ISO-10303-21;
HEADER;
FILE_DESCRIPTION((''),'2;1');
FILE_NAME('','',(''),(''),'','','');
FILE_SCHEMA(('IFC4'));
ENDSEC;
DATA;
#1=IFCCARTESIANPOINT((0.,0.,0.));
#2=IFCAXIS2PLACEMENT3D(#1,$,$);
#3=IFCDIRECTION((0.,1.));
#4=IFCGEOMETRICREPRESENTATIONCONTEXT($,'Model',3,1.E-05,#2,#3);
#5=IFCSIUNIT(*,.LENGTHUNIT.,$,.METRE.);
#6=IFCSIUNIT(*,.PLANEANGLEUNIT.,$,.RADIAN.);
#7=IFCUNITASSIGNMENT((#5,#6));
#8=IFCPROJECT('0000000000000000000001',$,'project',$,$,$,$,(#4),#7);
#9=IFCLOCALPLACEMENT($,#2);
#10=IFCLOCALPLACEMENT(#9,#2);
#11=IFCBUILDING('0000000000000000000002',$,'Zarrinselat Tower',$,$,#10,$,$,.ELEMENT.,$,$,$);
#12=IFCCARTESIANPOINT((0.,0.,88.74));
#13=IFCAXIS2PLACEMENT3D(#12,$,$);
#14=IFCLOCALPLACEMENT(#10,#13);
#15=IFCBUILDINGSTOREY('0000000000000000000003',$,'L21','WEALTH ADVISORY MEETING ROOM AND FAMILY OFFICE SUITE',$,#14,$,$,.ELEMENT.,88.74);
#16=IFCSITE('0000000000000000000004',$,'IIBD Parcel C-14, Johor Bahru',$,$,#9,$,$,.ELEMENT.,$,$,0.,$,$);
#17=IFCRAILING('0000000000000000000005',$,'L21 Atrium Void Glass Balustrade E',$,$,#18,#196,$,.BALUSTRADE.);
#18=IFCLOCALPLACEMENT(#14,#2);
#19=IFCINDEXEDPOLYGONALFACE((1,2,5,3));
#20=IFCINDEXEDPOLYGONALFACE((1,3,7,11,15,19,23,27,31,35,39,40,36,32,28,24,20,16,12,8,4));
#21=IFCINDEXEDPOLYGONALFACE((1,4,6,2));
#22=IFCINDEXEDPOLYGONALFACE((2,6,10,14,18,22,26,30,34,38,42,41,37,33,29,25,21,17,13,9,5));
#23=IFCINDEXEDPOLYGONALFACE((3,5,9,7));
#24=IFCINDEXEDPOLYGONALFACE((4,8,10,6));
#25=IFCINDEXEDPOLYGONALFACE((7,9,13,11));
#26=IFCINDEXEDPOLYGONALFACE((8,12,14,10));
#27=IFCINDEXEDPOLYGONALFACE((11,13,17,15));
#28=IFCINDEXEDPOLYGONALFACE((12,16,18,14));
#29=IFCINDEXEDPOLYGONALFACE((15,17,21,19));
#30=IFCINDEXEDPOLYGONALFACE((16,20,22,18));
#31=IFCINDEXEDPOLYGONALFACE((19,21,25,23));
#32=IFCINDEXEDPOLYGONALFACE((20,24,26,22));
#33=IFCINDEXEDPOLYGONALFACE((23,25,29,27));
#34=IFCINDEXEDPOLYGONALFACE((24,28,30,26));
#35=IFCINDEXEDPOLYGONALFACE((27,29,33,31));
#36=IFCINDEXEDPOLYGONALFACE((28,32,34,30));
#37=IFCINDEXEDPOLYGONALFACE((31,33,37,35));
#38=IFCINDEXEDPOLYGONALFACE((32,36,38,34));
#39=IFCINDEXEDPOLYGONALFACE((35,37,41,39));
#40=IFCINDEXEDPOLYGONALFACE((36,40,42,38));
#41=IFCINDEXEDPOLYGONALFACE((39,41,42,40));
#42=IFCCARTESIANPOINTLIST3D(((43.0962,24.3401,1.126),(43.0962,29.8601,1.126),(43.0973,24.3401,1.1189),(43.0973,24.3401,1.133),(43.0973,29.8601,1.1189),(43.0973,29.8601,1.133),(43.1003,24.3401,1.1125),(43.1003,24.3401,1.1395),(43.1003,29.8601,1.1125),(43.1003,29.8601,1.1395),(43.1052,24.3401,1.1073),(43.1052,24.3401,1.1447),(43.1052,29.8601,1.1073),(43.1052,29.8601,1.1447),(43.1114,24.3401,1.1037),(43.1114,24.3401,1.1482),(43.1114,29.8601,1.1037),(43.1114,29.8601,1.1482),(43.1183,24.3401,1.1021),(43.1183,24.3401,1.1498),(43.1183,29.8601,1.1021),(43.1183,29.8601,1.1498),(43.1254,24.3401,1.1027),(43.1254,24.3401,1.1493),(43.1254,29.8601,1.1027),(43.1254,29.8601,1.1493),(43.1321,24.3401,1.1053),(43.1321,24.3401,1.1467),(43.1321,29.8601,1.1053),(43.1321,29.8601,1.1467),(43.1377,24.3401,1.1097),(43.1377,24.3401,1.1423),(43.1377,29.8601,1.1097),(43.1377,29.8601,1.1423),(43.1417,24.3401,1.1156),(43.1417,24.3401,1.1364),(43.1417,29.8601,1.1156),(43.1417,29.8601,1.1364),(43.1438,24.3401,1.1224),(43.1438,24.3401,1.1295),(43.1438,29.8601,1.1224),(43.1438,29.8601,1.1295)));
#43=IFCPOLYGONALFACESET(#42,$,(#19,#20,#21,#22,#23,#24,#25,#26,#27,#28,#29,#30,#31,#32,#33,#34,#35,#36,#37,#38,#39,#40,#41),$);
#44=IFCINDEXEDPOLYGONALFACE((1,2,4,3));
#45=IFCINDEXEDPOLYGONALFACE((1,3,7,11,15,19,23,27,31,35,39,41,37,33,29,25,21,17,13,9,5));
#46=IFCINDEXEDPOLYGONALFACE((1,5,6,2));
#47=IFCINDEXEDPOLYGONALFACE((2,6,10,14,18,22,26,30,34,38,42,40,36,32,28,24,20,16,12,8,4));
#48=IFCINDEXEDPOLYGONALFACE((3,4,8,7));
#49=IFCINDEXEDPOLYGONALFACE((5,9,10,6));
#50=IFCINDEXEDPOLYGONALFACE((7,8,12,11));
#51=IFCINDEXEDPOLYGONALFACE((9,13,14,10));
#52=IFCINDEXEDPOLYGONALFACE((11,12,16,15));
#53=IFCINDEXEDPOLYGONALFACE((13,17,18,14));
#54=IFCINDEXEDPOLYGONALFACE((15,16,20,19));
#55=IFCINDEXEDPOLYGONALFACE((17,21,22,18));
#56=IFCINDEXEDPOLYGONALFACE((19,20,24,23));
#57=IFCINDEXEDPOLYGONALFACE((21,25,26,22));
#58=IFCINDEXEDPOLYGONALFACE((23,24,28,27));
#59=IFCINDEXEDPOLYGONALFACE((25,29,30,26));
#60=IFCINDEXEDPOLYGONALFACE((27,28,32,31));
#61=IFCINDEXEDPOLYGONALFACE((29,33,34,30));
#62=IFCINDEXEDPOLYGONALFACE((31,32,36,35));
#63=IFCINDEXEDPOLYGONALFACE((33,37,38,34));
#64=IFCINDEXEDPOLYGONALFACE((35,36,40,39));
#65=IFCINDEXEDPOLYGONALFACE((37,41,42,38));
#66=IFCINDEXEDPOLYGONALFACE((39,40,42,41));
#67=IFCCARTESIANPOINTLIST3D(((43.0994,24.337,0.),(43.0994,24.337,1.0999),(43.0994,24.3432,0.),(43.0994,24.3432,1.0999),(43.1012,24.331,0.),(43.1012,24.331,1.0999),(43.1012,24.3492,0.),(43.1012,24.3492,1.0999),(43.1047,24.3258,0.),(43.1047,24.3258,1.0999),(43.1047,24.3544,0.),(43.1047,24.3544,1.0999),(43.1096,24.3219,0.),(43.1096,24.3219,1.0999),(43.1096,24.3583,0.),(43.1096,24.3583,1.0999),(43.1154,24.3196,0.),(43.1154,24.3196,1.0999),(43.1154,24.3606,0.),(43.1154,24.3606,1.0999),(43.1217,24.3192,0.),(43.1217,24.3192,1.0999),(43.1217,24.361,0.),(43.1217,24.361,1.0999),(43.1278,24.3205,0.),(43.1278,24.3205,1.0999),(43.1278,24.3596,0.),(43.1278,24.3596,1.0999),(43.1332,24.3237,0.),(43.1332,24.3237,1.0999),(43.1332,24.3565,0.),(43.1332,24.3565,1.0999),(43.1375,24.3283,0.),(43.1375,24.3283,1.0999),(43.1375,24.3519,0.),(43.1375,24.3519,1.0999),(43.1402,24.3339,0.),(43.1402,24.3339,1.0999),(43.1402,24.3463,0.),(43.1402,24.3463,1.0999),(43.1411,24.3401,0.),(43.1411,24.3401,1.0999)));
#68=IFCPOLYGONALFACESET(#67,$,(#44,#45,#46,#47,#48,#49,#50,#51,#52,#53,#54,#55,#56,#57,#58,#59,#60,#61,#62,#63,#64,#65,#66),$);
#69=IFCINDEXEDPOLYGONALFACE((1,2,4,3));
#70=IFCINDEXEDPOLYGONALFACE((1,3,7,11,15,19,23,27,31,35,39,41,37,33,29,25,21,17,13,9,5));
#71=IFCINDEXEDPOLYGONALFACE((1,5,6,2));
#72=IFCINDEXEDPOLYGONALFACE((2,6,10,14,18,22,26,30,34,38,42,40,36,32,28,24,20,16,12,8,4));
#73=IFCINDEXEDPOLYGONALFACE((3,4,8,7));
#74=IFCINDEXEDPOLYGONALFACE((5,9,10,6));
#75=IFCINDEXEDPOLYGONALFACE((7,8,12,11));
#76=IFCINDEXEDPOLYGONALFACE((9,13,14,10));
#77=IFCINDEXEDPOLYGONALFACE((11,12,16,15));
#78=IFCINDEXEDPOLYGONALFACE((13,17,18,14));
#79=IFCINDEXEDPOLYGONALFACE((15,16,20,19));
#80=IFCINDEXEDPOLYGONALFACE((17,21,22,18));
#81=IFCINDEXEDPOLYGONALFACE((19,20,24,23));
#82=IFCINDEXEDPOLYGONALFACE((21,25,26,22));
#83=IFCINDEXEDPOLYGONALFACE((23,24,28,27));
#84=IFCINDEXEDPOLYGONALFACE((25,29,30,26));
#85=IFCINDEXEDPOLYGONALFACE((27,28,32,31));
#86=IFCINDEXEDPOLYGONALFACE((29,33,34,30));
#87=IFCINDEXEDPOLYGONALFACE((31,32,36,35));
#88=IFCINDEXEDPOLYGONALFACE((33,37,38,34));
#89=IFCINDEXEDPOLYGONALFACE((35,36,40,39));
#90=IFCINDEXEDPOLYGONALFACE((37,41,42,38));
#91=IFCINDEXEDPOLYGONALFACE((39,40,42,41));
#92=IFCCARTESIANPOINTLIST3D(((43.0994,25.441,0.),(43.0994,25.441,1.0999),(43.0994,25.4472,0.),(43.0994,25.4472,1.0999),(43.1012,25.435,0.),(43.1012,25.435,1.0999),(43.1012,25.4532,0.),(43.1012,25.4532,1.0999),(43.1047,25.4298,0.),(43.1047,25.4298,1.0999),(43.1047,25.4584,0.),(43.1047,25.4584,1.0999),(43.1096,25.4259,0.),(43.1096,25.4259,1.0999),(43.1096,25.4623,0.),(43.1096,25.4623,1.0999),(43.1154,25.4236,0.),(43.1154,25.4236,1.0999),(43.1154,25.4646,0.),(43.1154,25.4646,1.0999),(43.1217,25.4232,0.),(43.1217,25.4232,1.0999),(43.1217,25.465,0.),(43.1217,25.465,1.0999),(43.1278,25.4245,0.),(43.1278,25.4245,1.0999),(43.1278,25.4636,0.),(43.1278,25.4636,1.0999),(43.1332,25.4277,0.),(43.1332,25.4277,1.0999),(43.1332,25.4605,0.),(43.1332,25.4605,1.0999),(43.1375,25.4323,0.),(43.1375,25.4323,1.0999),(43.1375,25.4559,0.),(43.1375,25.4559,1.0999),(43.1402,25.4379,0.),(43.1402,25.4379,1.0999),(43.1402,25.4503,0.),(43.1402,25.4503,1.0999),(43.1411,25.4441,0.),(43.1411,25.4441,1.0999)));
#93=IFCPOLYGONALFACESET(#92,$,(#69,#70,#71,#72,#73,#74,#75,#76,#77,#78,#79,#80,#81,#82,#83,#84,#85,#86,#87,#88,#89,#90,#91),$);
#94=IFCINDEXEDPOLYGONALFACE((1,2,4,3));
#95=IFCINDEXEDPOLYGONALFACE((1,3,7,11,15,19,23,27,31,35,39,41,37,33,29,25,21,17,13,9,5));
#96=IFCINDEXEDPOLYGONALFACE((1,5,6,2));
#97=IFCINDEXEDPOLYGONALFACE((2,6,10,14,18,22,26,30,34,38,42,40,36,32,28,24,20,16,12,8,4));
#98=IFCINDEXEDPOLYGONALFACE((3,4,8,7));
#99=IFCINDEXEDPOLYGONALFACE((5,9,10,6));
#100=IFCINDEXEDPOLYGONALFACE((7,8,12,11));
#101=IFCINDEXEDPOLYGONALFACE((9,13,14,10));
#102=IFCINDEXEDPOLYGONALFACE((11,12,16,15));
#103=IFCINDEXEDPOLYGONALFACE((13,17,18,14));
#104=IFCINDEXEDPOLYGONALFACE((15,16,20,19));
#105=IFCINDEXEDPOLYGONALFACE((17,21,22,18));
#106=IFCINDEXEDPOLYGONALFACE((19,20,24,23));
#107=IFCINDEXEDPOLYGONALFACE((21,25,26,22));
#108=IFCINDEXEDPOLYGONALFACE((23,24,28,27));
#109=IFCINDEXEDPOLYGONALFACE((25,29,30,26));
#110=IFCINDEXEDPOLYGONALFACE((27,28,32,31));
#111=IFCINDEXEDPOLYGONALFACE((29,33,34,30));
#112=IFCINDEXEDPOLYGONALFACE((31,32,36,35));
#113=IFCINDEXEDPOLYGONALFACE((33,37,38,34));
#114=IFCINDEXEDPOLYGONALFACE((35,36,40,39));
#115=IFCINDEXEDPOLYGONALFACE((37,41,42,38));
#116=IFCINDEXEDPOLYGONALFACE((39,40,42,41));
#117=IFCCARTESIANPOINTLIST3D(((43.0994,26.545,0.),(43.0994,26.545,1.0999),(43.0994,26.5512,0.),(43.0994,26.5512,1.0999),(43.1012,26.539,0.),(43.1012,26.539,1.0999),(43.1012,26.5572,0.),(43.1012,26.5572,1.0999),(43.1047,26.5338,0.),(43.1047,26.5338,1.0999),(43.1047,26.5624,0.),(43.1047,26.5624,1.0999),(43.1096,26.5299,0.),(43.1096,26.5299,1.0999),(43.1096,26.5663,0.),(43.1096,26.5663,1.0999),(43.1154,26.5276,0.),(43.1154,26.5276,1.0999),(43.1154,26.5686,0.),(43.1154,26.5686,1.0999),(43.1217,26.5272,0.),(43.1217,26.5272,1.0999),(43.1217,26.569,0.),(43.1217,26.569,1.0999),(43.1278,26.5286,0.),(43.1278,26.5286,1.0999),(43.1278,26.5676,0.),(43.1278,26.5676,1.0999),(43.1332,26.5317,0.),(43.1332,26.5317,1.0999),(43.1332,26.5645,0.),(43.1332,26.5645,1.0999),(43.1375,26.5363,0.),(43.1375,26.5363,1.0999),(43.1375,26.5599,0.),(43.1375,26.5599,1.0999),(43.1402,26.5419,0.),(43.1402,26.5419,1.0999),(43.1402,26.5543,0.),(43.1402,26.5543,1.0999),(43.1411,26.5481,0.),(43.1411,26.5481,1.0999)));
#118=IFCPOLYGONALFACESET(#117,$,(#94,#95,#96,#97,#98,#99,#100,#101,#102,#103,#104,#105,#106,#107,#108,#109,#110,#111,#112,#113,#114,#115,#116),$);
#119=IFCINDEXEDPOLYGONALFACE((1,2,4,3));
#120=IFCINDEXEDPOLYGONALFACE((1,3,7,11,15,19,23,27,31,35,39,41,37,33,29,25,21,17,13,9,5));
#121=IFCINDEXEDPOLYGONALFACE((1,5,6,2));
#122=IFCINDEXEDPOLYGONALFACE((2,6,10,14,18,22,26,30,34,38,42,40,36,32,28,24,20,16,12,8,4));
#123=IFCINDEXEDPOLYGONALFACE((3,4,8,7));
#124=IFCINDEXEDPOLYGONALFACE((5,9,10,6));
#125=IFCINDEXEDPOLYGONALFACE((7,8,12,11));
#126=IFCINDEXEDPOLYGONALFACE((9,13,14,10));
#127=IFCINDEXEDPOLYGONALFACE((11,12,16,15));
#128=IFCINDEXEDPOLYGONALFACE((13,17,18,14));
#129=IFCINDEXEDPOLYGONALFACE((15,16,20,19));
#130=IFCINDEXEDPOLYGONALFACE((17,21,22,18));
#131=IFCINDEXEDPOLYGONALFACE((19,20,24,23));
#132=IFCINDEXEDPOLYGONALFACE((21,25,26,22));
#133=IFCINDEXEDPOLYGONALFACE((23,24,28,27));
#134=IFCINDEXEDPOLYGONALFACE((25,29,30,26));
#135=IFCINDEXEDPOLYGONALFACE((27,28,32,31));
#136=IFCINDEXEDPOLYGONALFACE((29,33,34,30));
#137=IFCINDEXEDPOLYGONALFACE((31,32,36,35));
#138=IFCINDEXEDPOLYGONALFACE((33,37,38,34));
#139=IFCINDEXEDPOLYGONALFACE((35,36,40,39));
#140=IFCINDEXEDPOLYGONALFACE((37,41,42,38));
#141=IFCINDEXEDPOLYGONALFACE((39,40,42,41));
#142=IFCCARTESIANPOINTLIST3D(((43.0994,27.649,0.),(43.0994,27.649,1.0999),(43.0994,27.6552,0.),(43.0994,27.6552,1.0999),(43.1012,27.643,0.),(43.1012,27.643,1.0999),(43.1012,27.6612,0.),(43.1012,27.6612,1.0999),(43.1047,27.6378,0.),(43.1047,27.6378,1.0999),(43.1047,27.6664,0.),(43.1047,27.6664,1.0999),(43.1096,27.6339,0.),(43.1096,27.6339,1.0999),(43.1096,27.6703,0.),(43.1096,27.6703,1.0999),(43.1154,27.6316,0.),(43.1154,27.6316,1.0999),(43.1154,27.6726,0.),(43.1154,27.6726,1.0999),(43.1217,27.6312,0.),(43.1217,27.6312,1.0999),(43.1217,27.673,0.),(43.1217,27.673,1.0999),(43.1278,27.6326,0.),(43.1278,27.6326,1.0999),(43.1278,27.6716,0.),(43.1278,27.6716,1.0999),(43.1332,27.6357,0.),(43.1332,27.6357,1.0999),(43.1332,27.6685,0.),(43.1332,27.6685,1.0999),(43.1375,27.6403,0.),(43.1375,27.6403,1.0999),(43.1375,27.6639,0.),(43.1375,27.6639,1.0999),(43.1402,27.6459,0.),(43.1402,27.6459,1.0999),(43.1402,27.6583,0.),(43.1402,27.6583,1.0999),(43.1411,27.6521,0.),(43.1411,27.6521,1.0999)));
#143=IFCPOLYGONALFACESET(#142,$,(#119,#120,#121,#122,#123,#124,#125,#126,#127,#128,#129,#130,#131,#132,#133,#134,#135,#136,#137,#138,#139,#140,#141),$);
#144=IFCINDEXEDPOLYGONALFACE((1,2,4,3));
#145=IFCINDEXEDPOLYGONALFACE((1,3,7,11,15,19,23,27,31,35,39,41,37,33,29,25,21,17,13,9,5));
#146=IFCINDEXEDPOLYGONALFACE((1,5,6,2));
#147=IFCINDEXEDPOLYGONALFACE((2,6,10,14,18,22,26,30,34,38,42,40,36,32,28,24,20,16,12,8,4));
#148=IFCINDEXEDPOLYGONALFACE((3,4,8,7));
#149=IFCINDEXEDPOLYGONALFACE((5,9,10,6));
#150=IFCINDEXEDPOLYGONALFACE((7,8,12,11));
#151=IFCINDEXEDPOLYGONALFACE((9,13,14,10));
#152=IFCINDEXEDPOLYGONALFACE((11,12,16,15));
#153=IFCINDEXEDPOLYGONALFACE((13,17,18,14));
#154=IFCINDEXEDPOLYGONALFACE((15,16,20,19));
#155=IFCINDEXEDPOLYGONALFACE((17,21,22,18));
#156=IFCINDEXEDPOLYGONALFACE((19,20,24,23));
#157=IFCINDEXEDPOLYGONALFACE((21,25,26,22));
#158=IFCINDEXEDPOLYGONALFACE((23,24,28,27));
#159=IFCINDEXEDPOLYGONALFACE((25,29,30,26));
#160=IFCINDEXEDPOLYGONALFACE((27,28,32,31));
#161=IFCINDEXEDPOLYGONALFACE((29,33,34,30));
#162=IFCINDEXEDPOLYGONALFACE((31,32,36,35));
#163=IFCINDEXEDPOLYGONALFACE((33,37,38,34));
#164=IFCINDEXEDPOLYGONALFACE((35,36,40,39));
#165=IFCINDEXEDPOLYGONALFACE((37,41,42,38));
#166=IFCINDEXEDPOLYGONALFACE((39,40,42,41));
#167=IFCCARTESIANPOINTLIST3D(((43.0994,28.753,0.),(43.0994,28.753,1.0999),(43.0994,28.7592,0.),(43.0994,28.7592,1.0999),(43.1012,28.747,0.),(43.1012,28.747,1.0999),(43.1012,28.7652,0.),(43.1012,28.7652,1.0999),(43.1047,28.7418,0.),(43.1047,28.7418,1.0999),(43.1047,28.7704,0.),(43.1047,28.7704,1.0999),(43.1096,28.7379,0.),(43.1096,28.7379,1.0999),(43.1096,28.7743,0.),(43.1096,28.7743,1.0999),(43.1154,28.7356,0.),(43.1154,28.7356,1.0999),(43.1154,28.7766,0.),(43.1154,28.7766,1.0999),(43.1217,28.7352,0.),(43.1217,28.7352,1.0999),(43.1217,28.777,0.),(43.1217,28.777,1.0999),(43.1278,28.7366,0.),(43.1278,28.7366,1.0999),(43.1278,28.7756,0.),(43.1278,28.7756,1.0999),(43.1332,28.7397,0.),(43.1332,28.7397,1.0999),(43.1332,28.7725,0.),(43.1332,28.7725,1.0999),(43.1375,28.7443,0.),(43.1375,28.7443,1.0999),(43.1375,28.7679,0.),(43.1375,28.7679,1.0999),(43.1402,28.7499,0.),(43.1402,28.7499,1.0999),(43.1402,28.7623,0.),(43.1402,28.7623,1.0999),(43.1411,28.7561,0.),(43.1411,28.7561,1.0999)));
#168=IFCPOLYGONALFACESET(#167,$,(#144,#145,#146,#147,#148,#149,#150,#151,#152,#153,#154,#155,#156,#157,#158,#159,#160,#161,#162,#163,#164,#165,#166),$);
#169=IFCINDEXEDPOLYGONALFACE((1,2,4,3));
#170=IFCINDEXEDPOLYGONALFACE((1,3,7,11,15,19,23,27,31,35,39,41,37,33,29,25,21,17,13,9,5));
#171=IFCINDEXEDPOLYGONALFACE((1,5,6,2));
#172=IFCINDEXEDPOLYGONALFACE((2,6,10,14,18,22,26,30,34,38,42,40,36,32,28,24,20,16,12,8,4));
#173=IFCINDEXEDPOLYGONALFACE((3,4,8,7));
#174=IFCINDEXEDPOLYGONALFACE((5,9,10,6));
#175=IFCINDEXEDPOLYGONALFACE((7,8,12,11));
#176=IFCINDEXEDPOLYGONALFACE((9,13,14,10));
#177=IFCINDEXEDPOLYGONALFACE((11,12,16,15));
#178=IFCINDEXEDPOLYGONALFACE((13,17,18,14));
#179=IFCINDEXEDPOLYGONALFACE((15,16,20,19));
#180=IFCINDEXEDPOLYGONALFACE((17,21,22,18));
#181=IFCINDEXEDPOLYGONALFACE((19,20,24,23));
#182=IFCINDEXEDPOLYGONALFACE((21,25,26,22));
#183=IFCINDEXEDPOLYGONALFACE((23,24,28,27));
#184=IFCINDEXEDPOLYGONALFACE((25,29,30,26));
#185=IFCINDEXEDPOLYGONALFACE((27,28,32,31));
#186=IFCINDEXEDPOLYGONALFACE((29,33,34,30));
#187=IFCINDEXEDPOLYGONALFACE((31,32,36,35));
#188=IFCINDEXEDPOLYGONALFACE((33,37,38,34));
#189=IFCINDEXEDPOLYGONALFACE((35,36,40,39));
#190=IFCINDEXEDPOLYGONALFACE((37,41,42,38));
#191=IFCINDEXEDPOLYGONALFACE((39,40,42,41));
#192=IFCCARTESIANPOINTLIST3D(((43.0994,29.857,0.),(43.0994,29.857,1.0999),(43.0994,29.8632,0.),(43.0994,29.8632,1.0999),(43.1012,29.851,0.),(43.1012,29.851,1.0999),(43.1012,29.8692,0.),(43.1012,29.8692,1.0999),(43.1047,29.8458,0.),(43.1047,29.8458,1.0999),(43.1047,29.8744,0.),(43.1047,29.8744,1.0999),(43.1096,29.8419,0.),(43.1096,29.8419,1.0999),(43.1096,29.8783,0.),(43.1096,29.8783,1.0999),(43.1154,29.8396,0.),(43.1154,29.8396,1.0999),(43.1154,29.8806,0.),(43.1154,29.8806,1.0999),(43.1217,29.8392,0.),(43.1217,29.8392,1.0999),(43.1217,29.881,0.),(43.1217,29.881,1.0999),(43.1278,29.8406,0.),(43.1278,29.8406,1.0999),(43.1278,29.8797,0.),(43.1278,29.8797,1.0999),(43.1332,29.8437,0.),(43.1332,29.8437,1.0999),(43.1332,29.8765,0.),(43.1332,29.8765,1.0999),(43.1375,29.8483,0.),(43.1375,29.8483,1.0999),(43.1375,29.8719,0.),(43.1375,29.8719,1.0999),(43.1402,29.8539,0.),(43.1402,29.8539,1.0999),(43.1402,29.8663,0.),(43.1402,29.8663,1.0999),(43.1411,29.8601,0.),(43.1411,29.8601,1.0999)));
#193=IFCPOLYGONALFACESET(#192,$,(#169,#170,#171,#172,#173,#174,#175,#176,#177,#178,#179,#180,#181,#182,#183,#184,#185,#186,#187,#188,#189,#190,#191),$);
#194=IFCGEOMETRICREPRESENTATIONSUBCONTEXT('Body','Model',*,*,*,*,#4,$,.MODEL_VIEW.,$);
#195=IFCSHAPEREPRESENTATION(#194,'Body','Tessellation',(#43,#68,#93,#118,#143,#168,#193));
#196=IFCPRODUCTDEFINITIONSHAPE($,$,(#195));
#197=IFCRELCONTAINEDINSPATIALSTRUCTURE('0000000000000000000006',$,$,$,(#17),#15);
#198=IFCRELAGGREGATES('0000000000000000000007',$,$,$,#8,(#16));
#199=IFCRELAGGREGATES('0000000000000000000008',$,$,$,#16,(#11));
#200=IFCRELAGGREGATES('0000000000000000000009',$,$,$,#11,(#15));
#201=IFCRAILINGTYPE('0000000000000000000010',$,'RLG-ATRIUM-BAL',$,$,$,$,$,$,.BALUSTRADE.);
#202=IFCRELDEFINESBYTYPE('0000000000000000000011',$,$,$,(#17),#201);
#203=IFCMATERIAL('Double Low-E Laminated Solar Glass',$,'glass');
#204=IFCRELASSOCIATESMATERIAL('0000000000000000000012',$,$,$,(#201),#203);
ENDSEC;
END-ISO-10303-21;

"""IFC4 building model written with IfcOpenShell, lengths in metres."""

from ifc_helpers import new_model, si_unit, direction, frame, origin, origin_2d, place, context, subcontext, project, spatial, circle, extrude, material, type_object, element, save


model = new_model("IFC4")

# Units and contexts
model_context = context("Model", 3, precision=1e-05, world=origin(), true_north=direction((0.0, 1.0)))
body_context = subcontext(model_context, "Body", "Model", "MODEL_VIEW")
ifc_project = project(units=[si_unit("LENGTHUNIT", "METRE"), si_unit("PLANEANGLEUNIT", "RADIAN")], contexts=[model_context])

# Site, building, storey
site_placement = place(None, origin())
site = spatial("IfcSite", under=ifc_project, at=site_placement, Name="IIBD Parcel C-14, Johor Bahru", CompositionType="ELEMENT", RefElevation=0.0)
building_placement = place(site_placement, origin())
building = spatial("IfcBuilding", under=site, at=building_placement, Name="Zarrinselat Tower", CompositionType="ELEMENT")
storey_placement = place(building_placement, frame((0.0, 0.0, 88.74)))
storey = spatial("IfcBuildingStorey", under=building, at=storey_placement, Name="L21", Description="WEALTH ADVISORY MEETING ROOM AND FAMILY OFFICE SUITE", CompositionType="ELEMENT", Elevation=88.74)

# Railing
ifc_material_1 = material(Name="Double Low-E Laminated Solar Glass", Category="glass")
railing_type = type_object("IfcRailingType", Name="RLG-ATRIUM-BAL", PredefinedType="BALUSTRADE", material=ifc_material_1)
railing_1_placement = place(storey_placement, frame((43.1201, 24.3401, 0.0)))
element("IfcRailing", 1, at=railing_1_placement, inside=storey, type_object=railing_type, Name="L21 Atrium Void Glass Balustrade E", PredefinedType="BALUSTRADE", context=body_context, shape_type="SweptSolid", body=[
    extrude(circle(Radius=0.0239, at=origin_2d()), frame((0.0, 0.0, 1.126), z_axis=(0.0, 1.0, 0.0), x_axis=(-1.0, 0.0, 0.0)), (0.0, 0.0, 1.0), 5.52),
    extrude(circle(Radius=0.021, at=origin_2d()), origin(), (0.0, 0.0, 1.0), 1.0999),
    extrude(circle(Radius=0.021, at=origin_2d()), frame((0.0, 1.104, 0.0)), (0.0, 0.0, 1.0), 1.0999),
    extrude(circle(Radius=0.021, at=origin_2d()), frame((0.0, 2.208, 0.0)), (0.0, 0.0, 1.0), 1.0999),
    extrude(circle(Radius=0.021, at=origin_2d()), frame((0.0, 3.312, 0.0)), (0.0, 0.0, 1.0), 1.0999),
    extrude(circle(Radius=0.021, at=origin_2d()), frame((0.0, 4.416, 0.0)), (0.0, 0.0, 1.0), 1.0999),
    extrude(circle(Radius=0.021, at=origin_2d()), frame((0.0, 5.52, 0.0)), (0.0, 0.0, 1.0), 1.0999),
])

save(model, "model.ifc")
